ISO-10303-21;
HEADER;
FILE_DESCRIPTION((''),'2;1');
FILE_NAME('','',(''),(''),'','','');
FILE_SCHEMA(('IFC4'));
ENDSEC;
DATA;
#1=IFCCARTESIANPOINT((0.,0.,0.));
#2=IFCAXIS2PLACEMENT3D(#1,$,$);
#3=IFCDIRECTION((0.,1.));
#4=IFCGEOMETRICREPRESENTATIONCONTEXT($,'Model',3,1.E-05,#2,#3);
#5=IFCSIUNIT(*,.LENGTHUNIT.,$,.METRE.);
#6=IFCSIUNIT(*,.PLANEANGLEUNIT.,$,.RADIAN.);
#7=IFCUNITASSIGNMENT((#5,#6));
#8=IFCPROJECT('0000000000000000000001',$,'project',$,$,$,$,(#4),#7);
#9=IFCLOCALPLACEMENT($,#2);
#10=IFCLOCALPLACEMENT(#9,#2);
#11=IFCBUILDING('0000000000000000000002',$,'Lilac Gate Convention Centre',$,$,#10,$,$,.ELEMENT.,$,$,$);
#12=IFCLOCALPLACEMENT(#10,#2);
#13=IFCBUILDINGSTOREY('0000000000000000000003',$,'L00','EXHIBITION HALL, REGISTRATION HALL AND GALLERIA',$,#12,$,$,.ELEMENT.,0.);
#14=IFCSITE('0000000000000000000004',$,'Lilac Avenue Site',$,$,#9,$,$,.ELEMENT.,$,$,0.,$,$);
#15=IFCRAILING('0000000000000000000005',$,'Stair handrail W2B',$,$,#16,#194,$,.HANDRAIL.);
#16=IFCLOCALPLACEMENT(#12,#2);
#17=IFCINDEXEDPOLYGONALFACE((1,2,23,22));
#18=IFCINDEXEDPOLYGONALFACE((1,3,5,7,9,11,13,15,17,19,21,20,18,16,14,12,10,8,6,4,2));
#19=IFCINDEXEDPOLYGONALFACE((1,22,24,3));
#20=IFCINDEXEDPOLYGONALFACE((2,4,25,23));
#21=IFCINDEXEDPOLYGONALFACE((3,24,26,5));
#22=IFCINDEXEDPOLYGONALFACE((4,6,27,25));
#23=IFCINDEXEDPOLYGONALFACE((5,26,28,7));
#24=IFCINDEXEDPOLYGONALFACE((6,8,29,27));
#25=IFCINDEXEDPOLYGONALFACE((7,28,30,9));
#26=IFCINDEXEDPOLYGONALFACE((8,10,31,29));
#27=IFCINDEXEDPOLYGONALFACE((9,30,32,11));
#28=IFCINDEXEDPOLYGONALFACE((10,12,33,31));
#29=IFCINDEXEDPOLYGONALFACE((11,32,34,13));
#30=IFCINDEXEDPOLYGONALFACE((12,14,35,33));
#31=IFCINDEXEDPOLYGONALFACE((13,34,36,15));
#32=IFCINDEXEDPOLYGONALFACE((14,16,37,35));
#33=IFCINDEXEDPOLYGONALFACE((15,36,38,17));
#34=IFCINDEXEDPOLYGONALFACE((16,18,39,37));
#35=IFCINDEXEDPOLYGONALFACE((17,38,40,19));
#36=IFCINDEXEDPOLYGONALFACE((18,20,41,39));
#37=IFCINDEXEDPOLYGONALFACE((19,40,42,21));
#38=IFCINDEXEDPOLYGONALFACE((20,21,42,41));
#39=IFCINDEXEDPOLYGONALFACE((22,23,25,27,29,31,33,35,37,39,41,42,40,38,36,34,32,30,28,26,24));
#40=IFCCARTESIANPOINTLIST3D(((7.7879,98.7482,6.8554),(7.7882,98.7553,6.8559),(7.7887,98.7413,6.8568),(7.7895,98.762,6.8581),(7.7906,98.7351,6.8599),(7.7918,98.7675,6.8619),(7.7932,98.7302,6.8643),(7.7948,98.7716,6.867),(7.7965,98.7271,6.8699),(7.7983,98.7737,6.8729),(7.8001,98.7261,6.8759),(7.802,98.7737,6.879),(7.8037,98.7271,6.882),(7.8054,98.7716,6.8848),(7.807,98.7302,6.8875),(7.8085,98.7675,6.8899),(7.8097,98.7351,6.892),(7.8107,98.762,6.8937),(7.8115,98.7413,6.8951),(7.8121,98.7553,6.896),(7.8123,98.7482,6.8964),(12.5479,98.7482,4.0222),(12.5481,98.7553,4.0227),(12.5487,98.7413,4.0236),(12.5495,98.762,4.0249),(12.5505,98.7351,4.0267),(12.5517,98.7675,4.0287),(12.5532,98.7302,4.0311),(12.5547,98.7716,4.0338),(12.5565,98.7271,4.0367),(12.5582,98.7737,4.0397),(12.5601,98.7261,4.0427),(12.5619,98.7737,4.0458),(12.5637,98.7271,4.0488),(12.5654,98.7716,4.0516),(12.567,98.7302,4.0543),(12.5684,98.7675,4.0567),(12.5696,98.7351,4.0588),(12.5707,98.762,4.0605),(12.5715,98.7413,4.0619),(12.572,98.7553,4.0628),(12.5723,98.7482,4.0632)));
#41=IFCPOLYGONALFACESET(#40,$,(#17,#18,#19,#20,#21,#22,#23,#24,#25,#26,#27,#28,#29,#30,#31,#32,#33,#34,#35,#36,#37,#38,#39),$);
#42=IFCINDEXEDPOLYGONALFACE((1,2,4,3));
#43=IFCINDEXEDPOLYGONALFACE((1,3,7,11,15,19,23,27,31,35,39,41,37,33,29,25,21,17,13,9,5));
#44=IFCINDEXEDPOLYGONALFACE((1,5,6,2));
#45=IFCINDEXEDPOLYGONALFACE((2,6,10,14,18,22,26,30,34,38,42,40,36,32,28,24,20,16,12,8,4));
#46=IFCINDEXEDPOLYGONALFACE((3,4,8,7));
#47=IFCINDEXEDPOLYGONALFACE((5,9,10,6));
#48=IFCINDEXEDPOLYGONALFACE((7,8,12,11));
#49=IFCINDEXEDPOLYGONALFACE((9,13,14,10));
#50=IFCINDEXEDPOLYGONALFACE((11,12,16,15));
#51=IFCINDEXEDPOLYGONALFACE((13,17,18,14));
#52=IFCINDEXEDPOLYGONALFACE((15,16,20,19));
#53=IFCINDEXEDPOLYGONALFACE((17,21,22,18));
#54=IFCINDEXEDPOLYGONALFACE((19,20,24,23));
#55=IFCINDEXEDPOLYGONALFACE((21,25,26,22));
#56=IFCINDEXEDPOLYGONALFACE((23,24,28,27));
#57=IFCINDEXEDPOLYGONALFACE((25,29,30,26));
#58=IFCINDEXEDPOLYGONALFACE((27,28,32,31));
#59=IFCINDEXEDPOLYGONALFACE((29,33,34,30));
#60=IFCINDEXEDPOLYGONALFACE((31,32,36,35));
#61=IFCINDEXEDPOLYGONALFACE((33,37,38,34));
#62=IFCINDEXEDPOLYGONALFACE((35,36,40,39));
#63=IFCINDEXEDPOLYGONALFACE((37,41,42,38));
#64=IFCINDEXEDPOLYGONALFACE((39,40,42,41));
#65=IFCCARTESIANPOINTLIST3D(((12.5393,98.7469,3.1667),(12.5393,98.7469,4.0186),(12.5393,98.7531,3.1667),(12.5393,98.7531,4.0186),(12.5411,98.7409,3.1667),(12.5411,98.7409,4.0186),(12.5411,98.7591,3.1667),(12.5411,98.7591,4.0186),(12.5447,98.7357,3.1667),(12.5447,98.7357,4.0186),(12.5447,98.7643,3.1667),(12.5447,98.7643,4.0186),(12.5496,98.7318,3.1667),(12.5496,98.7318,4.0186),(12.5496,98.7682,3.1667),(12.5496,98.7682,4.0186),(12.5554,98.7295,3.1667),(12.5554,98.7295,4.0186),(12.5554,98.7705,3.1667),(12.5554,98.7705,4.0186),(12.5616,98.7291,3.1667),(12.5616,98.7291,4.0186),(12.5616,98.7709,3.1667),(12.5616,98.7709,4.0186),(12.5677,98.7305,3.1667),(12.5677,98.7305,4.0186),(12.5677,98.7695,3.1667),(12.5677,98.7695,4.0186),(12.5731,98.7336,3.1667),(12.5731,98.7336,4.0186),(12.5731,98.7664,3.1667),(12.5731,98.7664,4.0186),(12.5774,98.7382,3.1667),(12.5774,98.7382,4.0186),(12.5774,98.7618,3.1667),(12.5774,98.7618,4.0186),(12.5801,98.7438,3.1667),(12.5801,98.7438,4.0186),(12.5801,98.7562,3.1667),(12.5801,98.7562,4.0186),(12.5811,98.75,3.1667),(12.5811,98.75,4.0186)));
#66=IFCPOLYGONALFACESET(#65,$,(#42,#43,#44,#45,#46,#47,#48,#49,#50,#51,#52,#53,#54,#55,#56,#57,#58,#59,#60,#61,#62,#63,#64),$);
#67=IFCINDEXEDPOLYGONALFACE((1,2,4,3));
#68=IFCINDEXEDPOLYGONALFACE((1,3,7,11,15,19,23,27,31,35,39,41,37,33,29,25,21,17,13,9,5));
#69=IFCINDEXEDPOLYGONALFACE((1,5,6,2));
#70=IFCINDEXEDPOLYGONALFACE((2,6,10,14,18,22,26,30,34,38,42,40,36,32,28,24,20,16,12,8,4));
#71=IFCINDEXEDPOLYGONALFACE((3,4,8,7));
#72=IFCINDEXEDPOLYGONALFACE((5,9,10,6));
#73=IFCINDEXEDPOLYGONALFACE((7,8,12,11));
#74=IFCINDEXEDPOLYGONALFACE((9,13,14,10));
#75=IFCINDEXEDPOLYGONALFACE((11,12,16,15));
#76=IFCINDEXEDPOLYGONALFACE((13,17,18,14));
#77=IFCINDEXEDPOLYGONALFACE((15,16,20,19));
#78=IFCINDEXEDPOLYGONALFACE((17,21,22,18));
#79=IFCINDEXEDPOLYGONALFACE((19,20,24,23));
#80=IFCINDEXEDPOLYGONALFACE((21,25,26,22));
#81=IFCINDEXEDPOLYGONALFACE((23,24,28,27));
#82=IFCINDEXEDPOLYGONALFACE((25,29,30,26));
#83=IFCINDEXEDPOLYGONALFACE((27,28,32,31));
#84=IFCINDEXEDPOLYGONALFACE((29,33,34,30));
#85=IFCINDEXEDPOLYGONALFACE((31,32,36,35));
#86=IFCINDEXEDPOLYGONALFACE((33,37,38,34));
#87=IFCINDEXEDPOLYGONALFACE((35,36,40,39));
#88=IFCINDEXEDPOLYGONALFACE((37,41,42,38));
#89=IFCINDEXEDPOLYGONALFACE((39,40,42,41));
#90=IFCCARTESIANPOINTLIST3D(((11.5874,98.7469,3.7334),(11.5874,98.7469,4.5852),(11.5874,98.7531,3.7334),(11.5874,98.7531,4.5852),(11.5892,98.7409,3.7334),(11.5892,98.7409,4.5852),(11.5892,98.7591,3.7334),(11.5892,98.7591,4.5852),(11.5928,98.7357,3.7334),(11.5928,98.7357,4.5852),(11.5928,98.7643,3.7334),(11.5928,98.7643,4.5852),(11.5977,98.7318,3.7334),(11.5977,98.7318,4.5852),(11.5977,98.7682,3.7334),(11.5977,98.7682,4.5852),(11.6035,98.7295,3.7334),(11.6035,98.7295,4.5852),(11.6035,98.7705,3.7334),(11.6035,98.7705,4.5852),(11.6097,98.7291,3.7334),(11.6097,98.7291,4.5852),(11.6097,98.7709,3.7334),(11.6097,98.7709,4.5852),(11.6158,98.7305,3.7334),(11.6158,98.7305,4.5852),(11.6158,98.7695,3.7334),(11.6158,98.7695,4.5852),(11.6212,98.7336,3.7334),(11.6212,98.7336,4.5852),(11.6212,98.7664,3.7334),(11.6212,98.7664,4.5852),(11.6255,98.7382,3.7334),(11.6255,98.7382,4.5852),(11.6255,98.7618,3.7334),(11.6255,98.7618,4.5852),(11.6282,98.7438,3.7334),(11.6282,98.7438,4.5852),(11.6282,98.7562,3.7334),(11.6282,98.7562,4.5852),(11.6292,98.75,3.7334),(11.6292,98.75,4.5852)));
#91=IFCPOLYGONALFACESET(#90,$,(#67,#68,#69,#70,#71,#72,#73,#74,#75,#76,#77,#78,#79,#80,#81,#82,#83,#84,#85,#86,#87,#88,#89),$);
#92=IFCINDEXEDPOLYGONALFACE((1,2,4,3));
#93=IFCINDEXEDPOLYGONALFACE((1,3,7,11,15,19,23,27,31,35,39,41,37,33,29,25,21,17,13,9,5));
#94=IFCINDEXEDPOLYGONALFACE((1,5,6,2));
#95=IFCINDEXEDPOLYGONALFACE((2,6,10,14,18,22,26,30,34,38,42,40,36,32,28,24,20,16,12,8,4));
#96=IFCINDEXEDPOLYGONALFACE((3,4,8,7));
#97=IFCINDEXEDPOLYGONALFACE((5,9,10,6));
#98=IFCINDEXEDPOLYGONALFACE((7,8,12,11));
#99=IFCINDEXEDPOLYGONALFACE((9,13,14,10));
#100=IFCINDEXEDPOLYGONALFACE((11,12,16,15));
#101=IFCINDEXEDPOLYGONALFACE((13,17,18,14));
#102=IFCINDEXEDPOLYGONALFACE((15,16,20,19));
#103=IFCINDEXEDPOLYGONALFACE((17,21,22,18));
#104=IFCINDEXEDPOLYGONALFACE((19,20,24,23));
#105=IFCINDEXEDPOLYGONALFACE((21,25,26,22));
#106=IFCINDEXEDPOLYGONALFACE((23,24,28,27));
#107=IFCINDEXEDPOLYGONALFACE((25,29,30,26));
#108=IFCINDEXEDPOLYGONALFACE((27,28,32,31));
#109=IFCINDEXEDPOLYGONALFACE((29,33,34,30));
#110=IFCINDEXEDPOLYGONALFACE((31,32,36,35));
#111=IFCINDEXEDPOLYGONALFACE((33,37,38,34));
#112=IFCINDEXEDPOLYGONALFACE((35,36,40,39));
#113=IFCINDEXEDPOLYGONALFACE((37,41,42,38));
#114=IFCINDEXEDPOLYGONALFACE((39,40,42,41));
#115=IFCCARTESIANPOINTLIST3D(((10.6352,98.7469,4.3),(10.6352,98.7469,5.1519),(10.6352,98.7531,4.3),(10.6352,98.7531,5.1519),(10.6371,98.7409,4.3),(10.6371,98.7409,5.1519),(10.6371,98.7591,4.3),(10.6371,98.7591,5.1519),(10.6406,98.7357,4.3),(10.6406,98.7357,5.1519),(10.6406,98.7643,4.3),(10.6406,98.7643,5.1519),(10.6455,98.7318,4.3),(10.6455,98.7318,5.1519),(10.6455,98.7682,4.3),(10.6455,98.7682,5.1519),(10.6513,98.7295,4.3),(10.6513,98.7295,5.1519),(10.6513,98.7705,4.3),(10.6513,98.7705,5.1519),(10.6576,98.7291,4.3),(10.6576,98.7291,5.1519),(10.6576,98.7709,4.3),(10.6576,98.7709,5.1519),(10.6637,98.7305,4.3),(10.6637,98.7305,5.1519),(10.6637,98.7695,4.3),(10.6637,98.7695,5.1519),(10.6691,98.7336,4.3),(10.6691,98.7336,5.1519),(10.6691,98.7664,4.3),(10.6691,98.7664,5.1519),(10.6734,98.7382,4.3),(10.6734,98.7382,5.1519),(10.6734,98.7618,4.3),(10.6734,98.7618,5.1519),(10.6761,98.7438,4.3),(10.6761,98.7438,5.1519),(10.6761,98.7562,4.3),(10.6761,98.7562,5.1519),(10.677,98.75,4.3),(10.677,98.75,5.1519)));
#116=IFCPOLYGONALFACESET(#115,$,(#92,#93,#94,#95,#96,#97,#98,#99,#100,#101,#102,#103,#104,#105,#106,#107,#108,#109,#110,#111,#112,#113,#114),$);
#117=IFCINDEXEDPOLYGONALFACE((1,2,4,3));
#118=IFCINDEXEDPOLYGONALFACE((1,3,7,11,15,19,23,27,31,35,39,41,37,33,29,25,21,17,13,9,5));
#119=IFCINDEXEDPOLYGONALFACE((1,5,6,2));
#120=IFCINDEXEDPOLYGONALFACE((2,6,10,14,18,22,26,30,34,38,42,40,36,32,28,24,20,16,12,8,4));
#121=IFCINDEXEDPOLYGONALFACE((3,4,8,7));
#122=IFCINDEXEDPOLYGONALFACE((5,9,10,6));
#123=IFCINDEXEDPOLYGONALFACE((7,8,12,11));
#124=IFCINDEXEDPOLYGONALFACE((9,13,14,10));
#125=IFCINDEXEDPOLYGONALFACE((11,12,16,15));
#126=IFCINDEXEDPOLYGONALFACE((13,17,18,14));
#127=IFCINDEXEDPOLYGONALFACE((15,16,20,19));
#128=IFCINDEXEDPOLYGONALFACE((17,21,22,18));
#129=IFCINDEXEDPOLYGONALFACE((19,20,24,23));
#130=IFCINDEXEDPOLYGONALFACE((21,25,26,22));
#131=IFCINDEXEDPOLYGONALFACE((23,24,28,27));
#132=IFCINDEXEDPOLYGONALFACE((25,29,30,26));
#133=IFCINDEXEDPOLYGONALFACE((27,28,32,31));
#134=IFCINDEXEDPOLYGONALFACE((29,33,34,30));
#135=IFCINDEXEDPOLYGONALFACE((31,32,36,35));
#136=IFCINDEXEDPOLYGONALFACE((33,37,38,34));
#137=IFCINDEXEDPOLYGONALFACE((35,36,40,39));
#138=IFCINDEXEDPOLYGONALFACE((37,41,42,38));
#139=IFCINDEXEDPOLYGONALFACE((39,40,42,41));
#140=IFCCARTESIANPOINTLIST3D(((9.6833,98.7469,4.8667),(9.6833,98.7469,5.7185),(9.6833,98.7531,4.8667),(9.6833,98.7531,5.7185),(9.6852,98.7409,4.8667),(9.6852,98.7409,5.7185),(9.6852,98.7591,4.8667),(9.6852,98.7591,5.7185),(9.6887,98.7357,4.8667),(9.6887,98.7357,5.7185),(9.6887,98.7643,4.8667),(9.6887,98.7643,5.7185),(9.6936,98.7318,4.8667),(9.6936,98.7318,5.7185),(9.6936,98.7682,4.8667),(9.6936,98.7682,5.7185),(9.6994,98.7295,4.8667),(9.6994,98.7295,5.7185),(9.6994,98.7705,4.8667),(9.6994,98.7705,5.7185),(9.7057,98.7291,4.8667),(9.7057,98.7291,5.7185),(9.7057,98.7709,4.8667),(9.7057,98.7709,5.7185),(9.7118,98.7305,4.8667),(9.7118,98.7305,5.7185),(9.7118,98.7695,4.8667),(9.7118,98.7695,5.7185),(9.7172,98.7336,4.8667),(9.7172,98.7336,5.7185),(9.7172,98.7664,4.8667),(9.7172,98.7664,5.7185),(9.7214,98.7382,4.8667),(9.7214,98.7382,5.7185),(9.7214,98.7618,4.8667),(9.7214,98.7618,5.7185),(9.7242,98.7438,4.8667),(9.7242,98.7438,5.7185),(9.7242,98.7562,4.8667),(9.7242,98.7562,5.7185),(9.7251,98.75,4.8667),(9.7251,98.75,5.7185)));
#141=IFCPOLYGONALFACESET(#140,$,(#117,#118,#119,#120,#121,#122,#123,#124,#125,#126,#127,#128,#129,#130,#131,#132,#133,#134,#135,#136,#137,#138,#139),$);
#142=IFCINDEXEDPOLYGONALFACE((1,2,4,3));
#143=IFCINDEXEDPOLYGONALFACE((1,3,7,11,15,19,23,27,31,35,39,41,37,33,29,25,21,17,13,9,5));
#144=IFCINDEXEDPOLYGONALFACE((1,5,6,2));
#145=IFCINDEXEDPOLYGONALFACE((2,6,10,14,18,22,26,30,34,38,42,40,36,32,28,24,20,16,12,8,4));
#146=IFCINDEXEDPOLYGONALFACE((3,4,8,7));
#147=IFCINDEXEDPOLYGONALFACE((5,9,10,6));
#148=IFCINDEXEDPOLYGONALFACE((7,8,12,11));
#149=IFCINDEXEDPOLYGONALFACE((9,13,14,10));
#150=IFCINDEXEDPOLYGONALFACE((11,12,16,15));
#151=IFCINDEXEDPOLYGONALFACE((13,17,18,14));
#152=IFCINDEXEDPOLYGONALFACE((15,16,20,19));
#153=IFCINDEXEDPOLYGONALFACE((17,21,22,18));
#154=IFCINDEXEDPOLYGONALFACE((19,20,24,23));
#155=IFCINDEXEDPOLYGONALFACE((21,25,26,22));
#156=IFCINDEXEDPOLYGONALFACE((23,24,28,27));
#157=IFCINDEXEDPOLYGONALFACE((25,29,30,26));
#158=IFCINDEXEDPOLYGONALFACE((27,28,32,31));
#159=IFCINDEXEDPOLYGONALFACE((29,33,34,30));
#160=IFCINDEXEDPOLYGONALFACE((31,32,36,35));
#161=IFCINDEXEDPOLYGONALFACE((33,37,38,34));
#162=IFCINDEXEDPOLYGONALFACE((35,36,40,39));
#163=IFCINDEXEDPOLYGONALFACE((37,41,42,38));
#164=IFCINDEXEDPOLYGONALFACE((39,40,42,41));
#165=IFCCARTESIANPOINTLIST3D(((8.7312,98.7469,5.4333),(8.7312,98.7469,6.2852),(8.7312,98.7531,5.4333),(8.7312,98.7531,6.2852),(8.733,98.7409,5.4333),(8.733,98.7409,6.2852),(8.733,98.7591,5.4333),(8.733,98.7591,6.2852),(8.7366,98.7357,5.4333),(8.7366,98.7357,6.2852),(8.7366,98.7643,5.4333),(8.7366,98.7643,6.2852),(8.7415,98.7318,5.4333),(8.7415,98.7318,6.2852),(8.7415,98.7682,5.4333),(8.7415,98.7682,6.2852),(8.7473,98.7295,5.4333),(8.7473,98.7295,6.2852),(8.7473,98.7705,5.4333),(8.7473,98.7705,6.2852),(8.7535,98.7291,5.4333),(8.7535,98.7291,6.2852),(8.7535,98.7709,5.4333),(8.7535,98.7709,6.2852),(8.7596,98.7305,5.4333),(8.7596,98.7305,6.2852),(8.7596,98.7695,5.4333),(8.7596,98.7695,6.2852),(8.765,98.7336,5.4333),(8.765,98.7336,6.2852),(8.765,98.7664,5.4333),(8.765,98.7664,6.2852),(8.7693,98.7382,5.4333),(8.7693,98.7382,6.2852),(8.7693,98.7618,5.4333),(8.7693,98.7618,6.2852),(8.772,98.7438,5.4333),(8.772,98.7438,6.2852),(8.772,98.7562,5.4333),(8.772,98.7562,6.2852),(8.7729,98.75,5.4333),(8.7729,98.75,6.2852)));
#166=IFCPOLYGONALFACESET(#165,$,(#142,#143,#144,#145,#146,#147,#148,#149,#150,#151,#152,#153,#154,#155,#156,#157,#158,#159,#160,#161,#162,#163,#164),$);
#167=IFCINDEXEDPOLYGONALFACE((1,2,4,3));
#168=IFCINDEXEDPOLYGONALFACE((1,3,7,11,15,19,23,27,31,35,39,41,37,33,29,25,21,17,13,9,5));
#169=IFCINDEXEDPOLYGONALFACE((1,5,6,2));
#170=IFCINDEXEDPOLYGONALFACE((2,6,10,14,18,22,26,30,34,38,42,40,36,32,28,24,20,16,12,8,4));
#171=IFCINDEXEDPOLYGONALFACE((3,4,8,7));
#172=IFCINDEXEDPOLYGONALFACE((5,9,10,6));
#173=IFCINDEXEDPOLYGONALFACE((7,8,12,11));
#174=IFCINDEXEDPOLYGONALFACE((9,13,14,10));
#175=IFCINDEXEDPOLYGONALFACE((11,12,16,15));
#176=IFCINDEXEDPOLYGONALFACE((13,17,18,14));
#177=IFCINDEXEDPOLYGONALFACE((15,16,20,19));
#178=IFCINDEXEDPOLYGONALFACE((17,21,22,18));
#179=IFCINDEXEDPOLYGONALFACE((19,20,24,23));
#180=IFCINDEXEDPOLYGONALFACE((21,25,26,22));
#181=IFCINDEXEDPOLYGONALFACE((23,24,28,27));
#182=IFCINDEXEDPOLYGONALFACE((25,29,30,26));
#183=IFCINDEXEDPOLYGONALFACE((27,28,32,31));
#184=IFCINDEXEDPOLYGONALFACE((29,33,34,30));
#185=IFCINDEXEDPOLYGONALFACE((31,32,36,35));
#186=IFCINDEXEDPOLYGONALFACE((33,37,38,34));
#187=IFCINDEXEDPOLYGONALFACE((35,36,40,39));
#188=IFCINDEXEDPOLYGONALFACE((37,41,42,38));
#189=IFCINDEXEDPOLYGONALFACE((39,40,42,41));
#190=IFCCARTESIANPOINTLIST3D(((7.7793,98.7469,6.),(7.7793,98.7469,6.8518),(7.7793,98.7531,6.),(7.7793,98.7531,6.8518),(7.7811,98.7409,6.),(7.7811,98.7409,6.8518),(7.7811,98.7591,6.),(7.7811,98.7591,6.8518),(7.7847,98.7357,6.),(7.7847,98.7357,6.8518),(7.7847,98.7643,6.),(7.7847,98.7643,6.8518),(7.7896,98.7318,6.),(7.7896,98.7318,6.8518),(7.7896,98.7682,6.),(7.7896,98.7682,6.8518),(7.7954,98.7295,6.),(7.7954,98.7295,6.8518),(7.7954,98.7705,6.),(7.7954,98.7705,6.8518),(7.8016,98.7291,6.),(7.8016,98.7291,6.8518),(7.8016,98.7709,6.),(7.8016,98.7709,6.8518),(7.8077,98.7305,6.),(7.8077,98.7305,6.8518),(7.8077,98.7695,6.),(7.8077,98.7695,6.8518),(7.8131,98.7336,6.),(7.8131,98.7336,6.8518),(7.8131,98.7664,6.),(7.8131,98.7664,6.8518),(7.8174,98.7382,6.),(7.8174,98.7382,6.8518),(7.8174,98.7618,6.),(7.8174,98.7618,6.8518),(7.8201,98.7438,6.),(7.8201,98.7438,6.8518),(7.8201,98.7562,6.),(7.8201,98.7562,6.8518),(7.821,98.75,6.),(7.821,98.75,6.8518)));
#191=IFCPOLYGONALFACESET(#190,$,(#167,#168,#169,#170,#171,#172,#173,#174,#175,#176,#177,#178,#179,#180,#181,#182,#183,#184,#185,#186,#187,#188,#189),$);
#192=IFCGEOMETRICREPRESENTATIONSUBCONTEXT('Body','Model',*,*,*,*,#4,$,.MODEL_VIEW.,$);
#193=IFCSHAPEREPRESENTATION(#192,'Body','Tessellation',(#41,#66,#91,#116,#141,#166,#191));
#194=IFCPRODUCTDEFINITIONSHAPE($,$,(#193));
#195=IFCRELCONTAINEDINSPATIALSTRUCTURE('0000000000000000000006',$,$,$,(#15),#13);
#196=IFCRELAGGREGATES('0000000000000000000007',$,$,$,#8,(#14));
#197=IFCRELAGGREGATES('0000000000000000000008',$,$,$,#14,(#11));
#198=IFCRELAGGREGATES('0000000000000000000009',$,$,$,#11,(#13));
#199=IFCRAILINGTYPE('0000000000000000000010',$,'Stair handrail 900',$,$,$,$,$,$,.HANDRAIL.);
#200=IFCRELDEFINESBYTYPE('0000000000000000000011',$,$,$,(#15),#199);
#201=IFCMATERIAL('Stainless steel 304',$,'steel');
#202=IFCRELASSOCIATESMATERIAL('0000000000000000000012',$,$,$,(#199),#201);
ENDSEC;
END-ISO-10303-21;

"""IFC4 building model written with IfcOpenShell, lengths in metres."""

from ifc_helpers import new_model, si_unit, direction, frame, origin, origin_2d, place, context, subcontext, project, spatial, circle, extrude, material, type_object, element, save


model = new_model("IFC4")

# Units and contexts
model_context = context("Model", 3, precision=1e-05, world=origin(), true_north=direction((0.0, 1.0)))
body_context = subcontext(model_context, "Body", "Model", "MODEL_VIEW")
ifc_project = project(units=[si_unit("LENGTHUNIT", "METRE"), si_unit("PLANEANGLEUNIT", "RADIAN")], contexts=[model_context])

# Site, building, storey
site_placement = place(None, origin())
site = spatial("IfcSite", under=ifc_project, at=site_placement, Name="Lilac Avenue Site", CompositionType="ELEMENT", RefElevation=0.0)
building_placement = place(site_placement, origin())
building = spatial("IfcBuilding", under=site, at=building_placement, Name="Lilac Gate Convention Centre", CompositionType="ELEMENT")
storey_placement = place(building_placement, origin())
storey = spatial("IfcBuildingStorey", under=building, at=storey_placement, Name="L00", Description="EXHIBITION HALL, REGISTRATION HALL AND GALLERIA", CompositionType="ELEMENT", Elevation=0.0)

# Railing
ifc_material_1 = material(Name="Stainless steel 304", Category="steel")
railing_type = type_object("IfcRailingType", Name="Stair handrail 900", PredefinedType="HANDRAIL", material=ifc_material_1)
for number, where, name in (
    (1, (12.5601, 98.75, 3.1667), "Stair handrail W2B"),
):
    element("IfcRailing", number, at=place(storey_placement, frame(where)), inside=storey, type_object=railing_type, Name=name, PredefinedType="HANDRAIL", context=body_context, shape_type="SweptSolid", body=[
        extrude(circle(Radius=0.0239, at=origin_2d()), frame((0.0, 0.0, 0.876), z_axis=(-0.8593, 0.0, 0.511472), x_axis=(0.0, -1.0, 0.0)), (0.0, 0.0, 1.0), 5.5393),
        extrude(circle(Radius=0.021, at=origin_2d()), origin(), (0.0, 0.0, 1.0), 0.8518),
        extrude(circle(Radius=0.021, at=origin_2d()), frame((-0.9519, 0.0, 0.5667)), (0.0, 0.0, 1.0), 0.8518),
        extrude(circle(Radius=0.021, at=origin_2d()), frame((-1.9041, 0.0, 1.1333)), (0.0, 0.0, 1.0), 0.8518),
        extrude(circle(Radius=0.021, at=origin_2d()), frame((-2.856, 0.0, 1.7)), (0.0, 0.0, 1.0), 0.8518),
        extrude(circle(Radius=0.021, at=origin_2d()), frame((-3.8081, 0.0, 2.2666)), (0.0, 0.0, 1.0), 0.8518),
        extrude(circle(Radius=0.021, at=origin_2d()), frame((-4.76, 0.0, 2.8333)), (0.0, 0.0, 1.0), 0.8518),
    ])

save(model, "model.ifc")
